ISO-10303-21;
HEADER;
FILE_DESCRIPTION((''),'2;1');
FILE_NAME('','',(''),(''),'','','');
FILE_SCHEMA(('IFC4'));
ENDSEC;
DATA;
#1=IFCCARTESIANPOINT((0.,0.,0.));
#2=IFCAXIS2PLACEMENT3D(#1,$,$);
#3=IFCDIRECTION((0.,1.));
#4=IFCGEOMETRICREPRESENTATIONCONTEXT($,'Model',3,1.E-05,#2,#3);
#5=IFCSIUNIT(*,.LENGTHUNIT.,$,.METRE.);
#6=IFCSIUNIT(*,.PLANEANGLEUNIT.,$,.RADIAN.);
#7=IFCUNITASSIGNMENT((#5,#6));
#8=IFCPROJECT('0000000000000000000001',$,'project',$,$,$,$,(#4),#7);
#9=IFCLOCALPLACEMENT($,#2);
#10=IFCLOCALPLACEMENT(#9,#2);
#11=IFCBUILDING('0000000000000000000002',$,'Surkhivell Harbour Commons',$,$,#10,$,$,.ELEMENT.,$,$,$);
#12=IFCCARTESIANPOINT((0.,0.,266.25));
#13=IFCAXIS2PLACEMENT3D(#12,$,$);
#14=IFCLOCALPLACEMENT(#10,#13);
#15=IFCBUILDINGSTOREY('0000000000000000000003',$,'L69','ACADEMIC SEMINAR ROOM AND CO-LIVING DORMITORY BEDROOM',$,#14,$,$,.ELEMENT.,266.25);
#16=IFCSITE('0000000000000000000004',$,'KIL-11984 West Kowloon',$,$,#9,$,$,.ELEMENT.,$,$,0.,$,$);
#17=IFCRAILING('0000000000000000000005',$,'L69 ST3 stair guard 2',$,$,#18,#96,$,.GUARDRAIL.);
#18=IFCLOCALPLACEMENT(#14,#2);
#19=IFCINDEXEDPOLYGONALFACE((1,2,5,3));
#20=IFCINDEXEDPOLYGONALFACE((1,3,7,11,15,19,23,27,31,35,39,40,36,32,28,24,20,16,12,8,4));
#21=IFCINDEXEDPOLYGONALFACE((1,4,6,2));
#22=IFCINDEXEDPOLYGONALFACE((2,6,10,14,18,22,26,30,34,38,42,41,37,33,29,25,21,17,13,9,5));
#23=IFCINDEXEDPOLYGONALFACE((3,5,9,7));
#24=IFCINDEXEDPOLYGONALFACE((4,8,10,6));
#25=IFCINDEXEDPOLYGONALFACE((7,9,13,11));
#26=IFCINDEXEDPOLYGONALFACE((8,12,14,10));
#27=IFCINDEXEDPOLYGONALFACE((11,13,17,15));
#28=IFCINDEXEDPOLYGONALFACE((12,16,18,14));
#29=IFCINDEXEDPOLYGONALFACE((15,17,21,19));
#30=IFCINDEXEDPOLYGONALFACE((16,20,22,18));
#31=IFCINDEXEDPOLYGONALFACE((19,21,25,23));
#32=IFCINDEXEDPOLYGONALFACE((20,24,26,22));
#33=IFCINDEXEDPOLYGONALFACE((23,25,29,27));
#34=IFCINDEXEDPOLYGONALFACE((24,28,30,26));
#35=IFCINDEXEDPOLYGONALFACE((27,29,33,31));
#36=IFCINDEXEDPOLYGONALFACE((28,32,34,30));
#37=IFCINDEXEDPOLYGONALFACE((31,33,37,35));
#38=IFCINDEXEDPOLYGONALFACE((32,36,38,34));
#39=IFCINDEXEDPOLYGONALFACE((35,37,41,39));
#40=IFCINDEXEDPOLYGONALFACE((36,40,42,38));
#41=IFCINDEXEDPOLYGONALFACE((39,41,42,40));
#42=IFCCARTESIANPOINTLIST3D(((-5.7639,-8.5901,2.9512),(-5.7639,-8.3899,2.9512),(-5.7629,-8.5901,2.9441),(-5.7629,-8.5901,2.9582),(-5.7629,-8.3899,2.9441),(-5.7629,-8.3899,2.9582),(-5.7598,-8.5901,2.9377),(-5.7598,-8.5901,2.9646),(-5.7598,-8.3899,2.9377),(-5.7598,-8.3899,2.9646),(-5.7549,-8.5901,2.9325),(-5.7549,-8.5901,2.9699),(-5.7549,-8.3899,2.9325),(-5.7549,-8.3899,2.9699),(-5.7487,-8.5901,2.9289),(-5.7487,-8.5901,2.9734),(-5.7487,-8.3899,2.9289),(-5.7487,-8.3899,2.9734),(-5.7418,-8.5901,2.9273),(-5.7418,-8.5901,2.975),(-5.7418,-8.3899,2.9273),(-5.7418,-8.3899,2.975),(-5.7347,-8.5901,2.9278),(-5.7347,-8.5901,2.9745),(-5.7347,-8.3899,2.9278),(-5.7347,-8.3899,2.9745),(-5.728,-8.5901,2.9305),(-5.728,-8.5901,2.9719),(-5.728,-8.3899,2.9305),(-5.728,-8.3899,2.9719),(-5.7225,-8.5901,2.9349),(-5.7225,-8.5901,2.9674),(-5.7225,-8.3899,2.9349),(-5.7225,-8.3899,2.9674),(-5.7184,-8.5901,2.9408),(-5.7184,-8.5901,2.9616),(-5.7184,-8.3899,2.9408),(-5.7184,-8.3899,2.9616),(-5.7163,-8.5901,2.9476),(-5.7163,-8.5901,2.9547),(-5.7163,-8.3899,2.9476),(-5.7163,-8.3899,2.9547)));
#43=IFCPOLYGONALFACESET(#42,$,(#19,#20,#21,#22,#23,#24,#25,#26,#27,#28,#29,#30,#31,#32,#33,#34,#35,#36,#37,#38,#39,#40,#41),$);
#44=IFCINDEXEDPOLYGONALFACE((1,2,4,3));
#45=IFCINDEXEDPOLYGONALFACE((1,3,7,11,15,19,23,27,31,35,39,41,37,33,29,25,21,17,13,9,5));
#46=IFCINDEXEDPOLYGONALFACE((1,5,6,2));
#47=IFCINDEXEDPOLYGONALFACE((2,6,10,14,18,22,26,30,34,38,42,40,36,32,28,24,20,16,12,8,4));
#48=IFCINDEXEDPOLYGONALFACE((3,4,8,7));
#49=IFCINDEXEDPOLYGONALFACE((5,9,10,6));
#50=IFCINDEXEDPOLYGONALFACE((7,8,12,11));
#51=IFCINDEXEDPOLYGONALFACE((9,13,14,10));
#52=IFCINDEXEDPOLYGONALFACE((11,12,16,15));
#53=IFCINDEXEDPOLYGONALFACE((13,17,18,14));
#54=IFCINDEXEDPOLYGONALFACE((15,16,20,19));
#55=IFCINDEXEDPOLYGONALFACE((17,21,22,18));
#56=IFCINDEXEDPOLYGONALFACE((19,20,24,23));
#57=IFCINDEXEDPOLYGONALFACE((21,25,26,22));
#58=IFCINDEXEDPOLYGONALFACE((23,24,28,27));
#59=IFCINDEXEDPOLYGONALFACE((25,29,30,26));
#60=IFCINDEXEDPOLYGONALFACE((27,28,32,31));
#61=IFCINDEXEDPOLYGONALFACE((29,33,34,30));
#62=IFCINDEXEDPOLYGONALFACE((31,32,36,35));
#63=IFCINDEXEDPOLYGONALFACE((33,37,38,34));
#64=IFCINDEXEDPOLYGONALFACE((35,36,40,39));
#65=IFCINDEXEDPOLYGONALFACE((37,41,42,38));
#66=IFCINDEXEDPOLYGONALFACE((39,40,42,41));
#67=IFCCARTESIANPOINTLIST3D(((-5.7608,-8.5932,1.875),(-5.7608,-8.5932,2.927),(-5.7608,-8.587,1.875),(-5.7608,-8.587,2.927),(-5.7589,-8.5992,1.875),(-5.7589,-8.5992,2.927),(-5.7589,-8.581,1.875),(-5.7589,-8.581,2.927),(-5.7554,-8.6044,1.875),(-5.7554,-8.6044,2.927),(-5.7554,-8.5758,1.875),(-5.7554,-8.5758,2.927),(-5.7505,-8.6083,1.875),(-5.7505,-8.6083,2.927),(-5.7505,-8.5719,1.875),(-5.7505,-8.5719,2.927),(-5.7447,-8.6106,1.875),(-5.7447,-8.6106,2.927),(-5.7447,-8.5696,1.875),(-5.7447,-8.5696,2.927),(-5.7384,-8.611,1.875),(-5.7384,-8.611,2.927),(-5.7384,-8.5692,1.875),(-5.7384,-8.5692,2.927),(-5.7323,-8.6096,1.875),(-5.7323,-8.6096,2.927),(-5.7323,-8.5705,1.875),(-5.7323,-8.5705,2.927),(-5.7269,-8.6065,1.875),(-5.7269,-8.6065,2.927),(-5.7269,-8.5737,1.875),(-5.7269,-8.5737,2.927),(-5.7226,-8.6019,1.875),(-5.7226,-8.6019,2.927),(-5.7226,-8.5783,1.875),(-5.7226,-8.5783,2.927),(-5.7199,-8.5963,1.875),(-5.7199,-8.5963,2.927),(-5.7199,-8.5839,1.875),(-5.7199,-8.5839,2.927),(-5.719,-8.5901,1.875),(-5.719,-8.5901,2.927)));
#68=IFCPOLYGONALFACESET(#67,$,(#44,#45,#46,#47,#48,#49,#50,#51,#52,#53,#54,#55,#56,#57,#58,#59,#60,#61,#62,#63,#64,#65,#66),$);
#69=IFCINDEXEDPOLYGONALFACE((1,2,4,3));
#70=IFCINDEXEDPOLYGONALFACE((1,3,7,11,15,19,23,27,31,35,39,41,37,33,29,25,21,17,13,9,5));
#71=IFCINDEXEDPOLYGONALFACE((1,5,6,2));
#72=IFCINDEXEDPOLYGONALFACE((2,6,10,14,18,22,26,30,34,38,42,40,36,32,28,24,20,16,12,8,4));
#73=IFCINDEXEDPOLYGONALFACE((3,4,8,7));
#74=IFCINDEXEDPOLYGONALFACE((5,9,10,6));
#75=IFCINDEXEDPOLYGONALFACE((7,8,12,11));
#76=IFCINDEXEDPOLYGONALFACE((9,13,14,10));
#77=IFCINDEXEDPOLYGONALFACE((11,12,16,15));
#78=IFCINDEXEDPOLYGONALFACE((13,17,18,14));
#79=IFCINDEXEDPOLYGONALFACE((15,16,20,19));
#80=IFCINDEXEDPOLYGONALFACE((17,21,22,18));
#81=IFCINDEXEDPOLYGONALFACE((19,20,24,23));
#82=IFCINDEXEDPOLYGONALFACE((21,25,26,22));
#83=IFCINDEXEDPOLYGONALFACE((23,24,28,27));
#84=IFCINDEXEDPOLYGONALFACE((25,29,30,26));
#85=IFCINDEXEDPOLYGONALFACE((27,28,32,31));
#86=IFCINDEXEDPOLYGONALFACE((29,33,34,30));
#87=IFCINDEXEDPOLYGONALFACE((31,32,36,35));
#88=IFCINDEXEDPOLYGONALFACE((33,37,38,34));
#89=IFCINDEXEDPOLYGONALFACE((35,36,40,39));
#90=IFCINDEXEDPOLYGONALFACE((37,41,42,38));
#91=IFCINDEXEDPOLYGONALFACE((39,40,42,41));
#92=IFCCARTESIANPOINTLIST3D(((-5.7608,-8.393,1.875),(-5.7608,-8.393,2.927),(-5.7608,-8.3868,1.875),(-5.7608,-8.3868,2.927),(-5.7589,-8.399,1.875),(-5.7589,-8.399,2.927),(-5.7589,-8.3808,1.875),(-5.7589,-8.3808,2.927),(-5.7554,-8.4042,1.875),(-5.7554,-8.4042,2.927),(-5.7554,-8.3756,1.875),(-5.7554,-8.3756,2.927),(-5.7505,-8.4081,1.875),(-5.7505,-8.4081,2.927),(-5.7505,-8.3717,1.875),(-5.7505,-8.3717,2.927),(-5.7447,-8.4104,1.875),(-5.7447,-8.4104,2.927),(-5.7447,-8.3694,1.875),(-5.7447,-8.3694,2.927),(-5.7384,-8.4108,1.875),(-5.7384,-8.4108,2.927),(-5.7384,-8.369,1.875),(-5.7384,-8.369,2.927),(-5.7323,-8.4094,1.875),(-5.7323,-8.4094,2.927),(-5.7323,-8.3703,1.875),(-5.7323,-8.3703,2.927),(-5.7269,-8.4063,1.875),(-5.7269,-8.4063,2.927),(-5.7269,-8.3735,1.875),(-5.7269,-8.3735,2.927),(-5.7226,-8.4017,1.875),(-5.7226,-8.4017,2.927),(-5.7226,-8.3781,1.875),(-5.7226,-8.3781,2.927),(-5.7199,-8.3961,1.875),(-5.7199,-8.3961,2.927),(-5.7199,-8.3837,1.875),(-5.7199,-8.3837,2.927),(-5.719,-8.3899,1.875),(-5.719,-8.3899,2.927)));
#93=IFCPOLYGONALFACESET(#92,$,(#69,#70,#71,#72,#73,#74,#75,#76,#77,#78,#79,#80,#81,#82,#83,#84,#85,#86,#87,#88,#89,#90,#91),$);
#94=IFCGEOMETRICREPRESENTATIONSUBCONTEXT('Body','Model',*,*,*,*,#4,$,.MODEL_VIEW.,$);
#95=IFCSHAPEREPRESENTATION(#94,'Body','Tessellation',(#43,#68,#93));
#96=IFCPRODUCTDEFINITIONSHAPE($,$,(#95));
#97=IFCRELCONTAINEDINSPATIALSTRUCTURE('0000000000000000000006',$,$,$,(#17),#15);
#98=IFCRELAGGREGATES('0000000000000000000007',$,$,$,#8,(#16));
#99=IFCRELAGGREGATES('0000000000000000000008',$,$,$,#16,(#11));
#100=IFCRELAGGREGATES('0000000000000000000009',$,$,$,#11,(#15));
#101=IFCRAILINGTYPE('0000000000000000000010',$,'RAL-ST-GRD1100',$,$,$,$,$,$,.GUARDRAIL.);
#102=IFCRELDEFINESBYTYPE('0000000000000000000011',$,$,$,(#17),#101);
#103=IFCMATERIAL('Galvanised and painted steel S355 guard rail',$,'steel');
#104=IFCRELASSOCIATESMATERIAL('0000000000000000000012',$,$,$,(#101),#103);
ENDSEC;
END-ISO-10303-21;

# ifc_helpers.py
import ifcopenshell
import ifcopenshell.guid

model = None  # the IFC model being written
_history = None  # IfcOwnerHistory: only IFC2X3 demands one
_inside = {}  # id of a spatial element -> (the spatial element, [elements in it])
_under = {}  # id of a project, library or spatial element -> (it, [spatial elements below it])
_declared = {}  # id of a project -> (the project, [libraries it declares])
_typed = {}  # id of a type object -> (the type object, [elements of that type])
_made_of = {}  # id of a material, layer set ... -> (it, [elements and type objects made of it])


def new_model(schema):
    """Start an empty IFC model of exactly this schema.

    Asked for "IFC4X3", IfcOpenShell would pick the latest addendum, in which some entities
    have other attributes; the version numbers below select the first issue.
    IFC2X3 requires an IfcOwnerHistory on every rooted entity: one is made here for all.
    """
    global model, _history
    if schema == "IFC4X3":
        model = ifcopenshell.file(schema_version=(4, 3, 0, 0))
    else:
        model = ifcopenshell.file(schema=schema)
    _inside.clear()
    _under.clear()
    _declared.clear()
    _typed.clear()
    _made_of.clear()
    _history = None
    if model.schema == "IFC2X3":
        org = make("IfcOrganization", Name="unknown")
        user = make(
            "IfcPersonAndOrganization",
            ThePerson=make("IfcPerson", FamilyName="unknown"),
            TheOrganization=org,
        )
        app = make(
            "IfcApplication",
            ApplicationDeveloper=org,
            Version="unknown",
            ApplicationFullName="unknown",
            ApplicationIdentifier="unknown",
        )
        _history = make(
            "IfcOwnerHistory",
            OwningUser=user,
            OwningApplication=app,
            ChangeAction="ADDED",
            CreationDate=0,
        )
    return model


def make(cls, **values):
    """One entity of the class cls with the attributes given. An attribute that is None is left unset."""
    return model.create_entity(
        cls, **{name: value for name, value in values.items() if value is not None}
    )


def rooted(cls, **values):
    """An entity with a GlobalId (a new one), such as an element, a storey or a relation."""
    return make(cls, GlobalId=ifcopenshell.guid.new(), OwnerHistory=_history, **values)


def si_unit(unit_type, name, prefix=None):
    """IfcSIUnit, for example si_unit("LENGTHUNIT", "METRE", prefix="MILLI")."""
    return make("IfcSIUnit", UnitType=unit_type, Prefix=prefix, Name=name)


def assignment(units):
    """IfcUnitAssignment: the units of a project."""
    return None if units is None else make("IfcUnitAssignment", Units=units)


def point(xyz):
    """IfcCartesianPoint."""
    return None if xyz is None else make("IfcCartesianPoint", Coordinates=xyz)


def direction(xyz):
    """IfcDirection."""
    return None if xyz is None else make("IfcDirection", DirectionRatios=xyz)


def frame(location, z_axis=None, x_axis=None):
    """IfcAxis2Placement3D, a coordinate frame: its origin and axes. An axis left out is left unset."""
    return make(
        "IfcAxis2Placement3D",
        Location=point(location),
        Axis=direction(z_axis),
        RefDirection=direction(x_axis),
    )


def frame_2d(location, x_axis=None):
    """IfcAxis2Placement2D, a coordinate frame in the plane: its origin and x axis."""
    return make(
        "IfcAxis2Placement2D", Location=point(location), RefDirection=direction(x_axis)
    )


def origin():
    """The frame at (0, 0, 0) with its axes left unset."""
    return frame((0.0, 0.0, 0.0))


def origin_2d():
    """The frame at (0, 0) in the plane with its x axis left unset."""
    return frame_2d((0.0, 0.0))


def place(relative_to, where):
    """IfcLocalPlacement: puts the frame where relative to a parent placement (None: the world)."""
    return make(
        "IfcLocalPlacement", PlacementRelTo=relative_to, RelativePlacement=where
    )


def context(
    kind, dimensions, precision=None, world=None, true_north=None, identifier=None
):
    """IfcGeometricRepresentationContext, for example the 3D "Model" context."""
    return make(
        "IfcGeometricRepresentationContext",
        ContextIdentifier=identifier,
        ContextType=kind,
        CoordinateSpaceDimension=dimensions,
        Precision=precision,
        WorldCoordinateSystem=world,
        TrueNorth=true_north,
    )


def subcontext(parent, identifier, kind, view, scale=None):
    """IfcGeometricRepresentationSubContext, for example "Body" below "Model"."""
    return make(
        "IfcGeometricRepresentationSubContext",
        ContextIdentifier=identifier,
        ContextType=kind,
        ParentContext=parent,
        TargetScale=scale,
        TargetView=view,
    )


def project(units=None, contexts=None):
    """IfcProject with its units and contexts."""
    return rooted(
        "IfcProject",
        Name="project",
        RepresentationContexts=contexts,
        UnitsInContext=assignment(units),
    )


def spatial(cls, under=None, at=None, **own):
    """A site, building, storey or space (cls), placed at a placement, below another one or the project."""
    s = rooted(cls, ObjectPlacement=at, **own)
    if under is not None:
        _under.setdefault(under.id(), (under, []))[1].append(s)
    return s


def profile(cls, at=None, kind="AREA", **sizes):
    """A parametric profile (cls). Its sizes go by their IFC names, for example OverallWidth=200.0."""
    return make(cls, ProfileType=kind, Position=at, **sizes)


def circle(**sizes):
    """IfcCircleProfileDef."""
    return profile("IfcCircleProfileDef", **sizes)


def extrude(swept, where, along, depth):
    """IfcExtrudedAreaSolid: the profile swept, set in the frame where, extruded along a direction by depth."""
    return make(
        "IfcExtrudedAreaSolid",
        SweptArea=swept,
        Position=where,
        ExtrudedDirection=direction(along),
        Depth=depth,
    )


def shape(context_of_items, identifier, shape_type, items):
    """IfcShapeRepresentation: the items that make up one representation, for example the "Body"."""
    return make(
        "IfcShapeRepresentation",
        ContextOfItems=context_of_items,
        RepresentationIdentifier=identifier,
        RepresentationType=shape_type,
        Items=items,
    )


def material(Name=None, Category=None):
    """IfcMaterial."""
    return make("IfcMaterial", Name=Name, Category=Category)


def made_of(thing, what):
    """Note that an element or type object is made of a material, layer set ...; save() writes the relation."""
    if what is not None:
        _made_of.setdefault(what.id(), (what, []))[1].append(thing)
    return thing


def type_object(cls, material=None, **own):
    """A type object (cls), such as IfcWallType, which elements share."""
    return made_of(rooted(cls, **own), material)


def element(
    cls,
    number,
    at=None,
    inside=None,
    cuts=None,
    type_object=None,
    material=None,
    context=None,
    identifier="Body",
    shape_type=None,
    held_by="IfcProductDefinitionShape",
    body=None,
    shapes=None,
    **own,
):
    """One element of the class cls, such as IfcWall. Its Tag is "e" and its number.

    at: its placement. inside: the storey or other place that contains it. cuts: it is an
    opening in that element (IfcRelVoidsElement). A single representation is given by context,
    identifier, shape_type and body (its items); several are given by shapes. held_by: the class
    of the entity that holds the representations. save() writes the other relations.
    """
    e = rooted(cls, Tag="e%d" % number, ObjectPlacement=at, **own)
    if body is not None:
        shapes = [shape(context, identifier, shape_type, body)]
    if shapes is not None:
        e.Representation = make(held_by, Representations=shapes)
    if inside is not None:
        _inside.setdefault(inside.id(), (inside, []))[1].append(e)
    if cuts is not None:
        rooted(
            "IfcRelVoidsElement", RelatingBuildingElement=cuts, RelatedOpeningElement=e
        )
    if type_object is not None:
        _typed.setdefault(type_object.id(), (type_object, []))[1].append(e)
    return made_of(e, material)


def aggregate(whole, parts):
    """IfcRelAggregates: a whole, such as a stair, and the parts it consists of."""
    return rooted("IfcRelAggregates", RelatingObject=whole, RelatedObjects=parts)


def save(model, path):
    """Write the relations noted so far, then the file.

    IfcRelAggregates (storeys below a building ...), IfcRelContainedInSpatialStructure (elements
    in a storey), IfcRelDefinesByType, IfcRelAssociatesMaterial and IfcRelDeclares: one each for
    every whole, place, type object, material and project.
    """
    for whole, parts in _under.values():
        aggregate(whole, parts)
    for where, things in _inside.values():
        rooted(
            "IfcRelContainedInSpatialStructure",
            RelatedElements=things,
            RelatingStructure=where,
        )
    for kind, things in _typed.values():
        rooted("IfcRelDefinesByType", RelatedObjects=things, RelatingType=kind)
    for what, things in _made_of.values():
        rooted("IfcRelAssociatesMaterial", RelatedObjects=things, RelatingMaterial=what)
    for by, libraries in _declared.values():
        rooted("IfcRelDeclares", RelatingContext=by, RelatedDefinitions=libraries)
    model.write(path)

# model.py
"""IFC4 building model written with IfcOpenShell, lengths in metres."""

from ifc_helpers import new_model, si_unit, direction, frame, origin, origin_2d, place, context, subcontext, project, spatial, circle, extrude, material, type_object, element, save


model = new_model("IFC4")

# Units and contexts
model_context = context("Model", 3, precision=1e-05, world=origin(), true_north=direction((0.0, 1.0)))
body_context = subcontext(model_context, "Body", "Model", "MODEL_VIEW")
ifc_project = project(units=[si_unit("LENGTHUNIT", "METRE"), si_unit("PLANEANGLEUNIT", "RADIAN")], contexts=[model_context])

# Site, building, storey
site_placement = place(None, origin())
site = spatial("IfcSite", under=ifc_project, at=site_placement, Name="KIL-11984 West Kowloon", CompositionType="ELEMENT", RefElevation=0.0)
building_placement = place(site_placement, origin())
building = spatial("IfcBuilding", under=site, at=building_placement, Name="Surkhivell Harbour Commons", CompositionType="ELEMENT")
storey_placement = place(building_placement, frame((0.0, 0.0, 266.25)))
storey = spatial("IfcBuildingStorey", under=building, at=storey_placement, Name="L69", Description="ACADEMIC SEMINAR ROOM AND CO-LIVING DORMITORY BEDROOM", CompositionType="ELEMENT", Elevation=266.25)

# Railing
ifc_material_1 = material(Name="Galvanised and painted steel S355 guard rail", Category="steel")
railing_type_1 = type_object("IfcRailingType", Name="RAL-ST-GRD1100", PredefinedType="GUARDRAIL", material=ifc_material_1)
railing_1_placement = place(storey_placement, frame((-5.74, -8.5901, 1.875)))
element("IfcRailing", 1, at=railing_1_placement, inside=storey, type_object=railing_type_1, Name="L69 ST3 stair guard 2", PredefinedType="GUARDRAIL", context=body_context, shape_type="SweptSolid", body=[
    extrude(circle(Radius=0.0239, at=origin_2d()), frame((0.0, 0.0, 1.0762), z_axis=(0.0, 1.0, 0.0), x_axis=(-1.0, 0.0, 0.0)), (0.0, 0.0, 1.0), 0.2002),
    extrude(circle(Radius=0.021, at=origin_2d()), origin(), (0.0, 0.0, 1.0), 1.052),
    extrude(circle(Radius=0.021, at=origin_2d()), frame((0.0, 0.2002, 0.0)), (0.0, 0.0, 1.0), 1.052),
])

save(model, "model.ifc")
